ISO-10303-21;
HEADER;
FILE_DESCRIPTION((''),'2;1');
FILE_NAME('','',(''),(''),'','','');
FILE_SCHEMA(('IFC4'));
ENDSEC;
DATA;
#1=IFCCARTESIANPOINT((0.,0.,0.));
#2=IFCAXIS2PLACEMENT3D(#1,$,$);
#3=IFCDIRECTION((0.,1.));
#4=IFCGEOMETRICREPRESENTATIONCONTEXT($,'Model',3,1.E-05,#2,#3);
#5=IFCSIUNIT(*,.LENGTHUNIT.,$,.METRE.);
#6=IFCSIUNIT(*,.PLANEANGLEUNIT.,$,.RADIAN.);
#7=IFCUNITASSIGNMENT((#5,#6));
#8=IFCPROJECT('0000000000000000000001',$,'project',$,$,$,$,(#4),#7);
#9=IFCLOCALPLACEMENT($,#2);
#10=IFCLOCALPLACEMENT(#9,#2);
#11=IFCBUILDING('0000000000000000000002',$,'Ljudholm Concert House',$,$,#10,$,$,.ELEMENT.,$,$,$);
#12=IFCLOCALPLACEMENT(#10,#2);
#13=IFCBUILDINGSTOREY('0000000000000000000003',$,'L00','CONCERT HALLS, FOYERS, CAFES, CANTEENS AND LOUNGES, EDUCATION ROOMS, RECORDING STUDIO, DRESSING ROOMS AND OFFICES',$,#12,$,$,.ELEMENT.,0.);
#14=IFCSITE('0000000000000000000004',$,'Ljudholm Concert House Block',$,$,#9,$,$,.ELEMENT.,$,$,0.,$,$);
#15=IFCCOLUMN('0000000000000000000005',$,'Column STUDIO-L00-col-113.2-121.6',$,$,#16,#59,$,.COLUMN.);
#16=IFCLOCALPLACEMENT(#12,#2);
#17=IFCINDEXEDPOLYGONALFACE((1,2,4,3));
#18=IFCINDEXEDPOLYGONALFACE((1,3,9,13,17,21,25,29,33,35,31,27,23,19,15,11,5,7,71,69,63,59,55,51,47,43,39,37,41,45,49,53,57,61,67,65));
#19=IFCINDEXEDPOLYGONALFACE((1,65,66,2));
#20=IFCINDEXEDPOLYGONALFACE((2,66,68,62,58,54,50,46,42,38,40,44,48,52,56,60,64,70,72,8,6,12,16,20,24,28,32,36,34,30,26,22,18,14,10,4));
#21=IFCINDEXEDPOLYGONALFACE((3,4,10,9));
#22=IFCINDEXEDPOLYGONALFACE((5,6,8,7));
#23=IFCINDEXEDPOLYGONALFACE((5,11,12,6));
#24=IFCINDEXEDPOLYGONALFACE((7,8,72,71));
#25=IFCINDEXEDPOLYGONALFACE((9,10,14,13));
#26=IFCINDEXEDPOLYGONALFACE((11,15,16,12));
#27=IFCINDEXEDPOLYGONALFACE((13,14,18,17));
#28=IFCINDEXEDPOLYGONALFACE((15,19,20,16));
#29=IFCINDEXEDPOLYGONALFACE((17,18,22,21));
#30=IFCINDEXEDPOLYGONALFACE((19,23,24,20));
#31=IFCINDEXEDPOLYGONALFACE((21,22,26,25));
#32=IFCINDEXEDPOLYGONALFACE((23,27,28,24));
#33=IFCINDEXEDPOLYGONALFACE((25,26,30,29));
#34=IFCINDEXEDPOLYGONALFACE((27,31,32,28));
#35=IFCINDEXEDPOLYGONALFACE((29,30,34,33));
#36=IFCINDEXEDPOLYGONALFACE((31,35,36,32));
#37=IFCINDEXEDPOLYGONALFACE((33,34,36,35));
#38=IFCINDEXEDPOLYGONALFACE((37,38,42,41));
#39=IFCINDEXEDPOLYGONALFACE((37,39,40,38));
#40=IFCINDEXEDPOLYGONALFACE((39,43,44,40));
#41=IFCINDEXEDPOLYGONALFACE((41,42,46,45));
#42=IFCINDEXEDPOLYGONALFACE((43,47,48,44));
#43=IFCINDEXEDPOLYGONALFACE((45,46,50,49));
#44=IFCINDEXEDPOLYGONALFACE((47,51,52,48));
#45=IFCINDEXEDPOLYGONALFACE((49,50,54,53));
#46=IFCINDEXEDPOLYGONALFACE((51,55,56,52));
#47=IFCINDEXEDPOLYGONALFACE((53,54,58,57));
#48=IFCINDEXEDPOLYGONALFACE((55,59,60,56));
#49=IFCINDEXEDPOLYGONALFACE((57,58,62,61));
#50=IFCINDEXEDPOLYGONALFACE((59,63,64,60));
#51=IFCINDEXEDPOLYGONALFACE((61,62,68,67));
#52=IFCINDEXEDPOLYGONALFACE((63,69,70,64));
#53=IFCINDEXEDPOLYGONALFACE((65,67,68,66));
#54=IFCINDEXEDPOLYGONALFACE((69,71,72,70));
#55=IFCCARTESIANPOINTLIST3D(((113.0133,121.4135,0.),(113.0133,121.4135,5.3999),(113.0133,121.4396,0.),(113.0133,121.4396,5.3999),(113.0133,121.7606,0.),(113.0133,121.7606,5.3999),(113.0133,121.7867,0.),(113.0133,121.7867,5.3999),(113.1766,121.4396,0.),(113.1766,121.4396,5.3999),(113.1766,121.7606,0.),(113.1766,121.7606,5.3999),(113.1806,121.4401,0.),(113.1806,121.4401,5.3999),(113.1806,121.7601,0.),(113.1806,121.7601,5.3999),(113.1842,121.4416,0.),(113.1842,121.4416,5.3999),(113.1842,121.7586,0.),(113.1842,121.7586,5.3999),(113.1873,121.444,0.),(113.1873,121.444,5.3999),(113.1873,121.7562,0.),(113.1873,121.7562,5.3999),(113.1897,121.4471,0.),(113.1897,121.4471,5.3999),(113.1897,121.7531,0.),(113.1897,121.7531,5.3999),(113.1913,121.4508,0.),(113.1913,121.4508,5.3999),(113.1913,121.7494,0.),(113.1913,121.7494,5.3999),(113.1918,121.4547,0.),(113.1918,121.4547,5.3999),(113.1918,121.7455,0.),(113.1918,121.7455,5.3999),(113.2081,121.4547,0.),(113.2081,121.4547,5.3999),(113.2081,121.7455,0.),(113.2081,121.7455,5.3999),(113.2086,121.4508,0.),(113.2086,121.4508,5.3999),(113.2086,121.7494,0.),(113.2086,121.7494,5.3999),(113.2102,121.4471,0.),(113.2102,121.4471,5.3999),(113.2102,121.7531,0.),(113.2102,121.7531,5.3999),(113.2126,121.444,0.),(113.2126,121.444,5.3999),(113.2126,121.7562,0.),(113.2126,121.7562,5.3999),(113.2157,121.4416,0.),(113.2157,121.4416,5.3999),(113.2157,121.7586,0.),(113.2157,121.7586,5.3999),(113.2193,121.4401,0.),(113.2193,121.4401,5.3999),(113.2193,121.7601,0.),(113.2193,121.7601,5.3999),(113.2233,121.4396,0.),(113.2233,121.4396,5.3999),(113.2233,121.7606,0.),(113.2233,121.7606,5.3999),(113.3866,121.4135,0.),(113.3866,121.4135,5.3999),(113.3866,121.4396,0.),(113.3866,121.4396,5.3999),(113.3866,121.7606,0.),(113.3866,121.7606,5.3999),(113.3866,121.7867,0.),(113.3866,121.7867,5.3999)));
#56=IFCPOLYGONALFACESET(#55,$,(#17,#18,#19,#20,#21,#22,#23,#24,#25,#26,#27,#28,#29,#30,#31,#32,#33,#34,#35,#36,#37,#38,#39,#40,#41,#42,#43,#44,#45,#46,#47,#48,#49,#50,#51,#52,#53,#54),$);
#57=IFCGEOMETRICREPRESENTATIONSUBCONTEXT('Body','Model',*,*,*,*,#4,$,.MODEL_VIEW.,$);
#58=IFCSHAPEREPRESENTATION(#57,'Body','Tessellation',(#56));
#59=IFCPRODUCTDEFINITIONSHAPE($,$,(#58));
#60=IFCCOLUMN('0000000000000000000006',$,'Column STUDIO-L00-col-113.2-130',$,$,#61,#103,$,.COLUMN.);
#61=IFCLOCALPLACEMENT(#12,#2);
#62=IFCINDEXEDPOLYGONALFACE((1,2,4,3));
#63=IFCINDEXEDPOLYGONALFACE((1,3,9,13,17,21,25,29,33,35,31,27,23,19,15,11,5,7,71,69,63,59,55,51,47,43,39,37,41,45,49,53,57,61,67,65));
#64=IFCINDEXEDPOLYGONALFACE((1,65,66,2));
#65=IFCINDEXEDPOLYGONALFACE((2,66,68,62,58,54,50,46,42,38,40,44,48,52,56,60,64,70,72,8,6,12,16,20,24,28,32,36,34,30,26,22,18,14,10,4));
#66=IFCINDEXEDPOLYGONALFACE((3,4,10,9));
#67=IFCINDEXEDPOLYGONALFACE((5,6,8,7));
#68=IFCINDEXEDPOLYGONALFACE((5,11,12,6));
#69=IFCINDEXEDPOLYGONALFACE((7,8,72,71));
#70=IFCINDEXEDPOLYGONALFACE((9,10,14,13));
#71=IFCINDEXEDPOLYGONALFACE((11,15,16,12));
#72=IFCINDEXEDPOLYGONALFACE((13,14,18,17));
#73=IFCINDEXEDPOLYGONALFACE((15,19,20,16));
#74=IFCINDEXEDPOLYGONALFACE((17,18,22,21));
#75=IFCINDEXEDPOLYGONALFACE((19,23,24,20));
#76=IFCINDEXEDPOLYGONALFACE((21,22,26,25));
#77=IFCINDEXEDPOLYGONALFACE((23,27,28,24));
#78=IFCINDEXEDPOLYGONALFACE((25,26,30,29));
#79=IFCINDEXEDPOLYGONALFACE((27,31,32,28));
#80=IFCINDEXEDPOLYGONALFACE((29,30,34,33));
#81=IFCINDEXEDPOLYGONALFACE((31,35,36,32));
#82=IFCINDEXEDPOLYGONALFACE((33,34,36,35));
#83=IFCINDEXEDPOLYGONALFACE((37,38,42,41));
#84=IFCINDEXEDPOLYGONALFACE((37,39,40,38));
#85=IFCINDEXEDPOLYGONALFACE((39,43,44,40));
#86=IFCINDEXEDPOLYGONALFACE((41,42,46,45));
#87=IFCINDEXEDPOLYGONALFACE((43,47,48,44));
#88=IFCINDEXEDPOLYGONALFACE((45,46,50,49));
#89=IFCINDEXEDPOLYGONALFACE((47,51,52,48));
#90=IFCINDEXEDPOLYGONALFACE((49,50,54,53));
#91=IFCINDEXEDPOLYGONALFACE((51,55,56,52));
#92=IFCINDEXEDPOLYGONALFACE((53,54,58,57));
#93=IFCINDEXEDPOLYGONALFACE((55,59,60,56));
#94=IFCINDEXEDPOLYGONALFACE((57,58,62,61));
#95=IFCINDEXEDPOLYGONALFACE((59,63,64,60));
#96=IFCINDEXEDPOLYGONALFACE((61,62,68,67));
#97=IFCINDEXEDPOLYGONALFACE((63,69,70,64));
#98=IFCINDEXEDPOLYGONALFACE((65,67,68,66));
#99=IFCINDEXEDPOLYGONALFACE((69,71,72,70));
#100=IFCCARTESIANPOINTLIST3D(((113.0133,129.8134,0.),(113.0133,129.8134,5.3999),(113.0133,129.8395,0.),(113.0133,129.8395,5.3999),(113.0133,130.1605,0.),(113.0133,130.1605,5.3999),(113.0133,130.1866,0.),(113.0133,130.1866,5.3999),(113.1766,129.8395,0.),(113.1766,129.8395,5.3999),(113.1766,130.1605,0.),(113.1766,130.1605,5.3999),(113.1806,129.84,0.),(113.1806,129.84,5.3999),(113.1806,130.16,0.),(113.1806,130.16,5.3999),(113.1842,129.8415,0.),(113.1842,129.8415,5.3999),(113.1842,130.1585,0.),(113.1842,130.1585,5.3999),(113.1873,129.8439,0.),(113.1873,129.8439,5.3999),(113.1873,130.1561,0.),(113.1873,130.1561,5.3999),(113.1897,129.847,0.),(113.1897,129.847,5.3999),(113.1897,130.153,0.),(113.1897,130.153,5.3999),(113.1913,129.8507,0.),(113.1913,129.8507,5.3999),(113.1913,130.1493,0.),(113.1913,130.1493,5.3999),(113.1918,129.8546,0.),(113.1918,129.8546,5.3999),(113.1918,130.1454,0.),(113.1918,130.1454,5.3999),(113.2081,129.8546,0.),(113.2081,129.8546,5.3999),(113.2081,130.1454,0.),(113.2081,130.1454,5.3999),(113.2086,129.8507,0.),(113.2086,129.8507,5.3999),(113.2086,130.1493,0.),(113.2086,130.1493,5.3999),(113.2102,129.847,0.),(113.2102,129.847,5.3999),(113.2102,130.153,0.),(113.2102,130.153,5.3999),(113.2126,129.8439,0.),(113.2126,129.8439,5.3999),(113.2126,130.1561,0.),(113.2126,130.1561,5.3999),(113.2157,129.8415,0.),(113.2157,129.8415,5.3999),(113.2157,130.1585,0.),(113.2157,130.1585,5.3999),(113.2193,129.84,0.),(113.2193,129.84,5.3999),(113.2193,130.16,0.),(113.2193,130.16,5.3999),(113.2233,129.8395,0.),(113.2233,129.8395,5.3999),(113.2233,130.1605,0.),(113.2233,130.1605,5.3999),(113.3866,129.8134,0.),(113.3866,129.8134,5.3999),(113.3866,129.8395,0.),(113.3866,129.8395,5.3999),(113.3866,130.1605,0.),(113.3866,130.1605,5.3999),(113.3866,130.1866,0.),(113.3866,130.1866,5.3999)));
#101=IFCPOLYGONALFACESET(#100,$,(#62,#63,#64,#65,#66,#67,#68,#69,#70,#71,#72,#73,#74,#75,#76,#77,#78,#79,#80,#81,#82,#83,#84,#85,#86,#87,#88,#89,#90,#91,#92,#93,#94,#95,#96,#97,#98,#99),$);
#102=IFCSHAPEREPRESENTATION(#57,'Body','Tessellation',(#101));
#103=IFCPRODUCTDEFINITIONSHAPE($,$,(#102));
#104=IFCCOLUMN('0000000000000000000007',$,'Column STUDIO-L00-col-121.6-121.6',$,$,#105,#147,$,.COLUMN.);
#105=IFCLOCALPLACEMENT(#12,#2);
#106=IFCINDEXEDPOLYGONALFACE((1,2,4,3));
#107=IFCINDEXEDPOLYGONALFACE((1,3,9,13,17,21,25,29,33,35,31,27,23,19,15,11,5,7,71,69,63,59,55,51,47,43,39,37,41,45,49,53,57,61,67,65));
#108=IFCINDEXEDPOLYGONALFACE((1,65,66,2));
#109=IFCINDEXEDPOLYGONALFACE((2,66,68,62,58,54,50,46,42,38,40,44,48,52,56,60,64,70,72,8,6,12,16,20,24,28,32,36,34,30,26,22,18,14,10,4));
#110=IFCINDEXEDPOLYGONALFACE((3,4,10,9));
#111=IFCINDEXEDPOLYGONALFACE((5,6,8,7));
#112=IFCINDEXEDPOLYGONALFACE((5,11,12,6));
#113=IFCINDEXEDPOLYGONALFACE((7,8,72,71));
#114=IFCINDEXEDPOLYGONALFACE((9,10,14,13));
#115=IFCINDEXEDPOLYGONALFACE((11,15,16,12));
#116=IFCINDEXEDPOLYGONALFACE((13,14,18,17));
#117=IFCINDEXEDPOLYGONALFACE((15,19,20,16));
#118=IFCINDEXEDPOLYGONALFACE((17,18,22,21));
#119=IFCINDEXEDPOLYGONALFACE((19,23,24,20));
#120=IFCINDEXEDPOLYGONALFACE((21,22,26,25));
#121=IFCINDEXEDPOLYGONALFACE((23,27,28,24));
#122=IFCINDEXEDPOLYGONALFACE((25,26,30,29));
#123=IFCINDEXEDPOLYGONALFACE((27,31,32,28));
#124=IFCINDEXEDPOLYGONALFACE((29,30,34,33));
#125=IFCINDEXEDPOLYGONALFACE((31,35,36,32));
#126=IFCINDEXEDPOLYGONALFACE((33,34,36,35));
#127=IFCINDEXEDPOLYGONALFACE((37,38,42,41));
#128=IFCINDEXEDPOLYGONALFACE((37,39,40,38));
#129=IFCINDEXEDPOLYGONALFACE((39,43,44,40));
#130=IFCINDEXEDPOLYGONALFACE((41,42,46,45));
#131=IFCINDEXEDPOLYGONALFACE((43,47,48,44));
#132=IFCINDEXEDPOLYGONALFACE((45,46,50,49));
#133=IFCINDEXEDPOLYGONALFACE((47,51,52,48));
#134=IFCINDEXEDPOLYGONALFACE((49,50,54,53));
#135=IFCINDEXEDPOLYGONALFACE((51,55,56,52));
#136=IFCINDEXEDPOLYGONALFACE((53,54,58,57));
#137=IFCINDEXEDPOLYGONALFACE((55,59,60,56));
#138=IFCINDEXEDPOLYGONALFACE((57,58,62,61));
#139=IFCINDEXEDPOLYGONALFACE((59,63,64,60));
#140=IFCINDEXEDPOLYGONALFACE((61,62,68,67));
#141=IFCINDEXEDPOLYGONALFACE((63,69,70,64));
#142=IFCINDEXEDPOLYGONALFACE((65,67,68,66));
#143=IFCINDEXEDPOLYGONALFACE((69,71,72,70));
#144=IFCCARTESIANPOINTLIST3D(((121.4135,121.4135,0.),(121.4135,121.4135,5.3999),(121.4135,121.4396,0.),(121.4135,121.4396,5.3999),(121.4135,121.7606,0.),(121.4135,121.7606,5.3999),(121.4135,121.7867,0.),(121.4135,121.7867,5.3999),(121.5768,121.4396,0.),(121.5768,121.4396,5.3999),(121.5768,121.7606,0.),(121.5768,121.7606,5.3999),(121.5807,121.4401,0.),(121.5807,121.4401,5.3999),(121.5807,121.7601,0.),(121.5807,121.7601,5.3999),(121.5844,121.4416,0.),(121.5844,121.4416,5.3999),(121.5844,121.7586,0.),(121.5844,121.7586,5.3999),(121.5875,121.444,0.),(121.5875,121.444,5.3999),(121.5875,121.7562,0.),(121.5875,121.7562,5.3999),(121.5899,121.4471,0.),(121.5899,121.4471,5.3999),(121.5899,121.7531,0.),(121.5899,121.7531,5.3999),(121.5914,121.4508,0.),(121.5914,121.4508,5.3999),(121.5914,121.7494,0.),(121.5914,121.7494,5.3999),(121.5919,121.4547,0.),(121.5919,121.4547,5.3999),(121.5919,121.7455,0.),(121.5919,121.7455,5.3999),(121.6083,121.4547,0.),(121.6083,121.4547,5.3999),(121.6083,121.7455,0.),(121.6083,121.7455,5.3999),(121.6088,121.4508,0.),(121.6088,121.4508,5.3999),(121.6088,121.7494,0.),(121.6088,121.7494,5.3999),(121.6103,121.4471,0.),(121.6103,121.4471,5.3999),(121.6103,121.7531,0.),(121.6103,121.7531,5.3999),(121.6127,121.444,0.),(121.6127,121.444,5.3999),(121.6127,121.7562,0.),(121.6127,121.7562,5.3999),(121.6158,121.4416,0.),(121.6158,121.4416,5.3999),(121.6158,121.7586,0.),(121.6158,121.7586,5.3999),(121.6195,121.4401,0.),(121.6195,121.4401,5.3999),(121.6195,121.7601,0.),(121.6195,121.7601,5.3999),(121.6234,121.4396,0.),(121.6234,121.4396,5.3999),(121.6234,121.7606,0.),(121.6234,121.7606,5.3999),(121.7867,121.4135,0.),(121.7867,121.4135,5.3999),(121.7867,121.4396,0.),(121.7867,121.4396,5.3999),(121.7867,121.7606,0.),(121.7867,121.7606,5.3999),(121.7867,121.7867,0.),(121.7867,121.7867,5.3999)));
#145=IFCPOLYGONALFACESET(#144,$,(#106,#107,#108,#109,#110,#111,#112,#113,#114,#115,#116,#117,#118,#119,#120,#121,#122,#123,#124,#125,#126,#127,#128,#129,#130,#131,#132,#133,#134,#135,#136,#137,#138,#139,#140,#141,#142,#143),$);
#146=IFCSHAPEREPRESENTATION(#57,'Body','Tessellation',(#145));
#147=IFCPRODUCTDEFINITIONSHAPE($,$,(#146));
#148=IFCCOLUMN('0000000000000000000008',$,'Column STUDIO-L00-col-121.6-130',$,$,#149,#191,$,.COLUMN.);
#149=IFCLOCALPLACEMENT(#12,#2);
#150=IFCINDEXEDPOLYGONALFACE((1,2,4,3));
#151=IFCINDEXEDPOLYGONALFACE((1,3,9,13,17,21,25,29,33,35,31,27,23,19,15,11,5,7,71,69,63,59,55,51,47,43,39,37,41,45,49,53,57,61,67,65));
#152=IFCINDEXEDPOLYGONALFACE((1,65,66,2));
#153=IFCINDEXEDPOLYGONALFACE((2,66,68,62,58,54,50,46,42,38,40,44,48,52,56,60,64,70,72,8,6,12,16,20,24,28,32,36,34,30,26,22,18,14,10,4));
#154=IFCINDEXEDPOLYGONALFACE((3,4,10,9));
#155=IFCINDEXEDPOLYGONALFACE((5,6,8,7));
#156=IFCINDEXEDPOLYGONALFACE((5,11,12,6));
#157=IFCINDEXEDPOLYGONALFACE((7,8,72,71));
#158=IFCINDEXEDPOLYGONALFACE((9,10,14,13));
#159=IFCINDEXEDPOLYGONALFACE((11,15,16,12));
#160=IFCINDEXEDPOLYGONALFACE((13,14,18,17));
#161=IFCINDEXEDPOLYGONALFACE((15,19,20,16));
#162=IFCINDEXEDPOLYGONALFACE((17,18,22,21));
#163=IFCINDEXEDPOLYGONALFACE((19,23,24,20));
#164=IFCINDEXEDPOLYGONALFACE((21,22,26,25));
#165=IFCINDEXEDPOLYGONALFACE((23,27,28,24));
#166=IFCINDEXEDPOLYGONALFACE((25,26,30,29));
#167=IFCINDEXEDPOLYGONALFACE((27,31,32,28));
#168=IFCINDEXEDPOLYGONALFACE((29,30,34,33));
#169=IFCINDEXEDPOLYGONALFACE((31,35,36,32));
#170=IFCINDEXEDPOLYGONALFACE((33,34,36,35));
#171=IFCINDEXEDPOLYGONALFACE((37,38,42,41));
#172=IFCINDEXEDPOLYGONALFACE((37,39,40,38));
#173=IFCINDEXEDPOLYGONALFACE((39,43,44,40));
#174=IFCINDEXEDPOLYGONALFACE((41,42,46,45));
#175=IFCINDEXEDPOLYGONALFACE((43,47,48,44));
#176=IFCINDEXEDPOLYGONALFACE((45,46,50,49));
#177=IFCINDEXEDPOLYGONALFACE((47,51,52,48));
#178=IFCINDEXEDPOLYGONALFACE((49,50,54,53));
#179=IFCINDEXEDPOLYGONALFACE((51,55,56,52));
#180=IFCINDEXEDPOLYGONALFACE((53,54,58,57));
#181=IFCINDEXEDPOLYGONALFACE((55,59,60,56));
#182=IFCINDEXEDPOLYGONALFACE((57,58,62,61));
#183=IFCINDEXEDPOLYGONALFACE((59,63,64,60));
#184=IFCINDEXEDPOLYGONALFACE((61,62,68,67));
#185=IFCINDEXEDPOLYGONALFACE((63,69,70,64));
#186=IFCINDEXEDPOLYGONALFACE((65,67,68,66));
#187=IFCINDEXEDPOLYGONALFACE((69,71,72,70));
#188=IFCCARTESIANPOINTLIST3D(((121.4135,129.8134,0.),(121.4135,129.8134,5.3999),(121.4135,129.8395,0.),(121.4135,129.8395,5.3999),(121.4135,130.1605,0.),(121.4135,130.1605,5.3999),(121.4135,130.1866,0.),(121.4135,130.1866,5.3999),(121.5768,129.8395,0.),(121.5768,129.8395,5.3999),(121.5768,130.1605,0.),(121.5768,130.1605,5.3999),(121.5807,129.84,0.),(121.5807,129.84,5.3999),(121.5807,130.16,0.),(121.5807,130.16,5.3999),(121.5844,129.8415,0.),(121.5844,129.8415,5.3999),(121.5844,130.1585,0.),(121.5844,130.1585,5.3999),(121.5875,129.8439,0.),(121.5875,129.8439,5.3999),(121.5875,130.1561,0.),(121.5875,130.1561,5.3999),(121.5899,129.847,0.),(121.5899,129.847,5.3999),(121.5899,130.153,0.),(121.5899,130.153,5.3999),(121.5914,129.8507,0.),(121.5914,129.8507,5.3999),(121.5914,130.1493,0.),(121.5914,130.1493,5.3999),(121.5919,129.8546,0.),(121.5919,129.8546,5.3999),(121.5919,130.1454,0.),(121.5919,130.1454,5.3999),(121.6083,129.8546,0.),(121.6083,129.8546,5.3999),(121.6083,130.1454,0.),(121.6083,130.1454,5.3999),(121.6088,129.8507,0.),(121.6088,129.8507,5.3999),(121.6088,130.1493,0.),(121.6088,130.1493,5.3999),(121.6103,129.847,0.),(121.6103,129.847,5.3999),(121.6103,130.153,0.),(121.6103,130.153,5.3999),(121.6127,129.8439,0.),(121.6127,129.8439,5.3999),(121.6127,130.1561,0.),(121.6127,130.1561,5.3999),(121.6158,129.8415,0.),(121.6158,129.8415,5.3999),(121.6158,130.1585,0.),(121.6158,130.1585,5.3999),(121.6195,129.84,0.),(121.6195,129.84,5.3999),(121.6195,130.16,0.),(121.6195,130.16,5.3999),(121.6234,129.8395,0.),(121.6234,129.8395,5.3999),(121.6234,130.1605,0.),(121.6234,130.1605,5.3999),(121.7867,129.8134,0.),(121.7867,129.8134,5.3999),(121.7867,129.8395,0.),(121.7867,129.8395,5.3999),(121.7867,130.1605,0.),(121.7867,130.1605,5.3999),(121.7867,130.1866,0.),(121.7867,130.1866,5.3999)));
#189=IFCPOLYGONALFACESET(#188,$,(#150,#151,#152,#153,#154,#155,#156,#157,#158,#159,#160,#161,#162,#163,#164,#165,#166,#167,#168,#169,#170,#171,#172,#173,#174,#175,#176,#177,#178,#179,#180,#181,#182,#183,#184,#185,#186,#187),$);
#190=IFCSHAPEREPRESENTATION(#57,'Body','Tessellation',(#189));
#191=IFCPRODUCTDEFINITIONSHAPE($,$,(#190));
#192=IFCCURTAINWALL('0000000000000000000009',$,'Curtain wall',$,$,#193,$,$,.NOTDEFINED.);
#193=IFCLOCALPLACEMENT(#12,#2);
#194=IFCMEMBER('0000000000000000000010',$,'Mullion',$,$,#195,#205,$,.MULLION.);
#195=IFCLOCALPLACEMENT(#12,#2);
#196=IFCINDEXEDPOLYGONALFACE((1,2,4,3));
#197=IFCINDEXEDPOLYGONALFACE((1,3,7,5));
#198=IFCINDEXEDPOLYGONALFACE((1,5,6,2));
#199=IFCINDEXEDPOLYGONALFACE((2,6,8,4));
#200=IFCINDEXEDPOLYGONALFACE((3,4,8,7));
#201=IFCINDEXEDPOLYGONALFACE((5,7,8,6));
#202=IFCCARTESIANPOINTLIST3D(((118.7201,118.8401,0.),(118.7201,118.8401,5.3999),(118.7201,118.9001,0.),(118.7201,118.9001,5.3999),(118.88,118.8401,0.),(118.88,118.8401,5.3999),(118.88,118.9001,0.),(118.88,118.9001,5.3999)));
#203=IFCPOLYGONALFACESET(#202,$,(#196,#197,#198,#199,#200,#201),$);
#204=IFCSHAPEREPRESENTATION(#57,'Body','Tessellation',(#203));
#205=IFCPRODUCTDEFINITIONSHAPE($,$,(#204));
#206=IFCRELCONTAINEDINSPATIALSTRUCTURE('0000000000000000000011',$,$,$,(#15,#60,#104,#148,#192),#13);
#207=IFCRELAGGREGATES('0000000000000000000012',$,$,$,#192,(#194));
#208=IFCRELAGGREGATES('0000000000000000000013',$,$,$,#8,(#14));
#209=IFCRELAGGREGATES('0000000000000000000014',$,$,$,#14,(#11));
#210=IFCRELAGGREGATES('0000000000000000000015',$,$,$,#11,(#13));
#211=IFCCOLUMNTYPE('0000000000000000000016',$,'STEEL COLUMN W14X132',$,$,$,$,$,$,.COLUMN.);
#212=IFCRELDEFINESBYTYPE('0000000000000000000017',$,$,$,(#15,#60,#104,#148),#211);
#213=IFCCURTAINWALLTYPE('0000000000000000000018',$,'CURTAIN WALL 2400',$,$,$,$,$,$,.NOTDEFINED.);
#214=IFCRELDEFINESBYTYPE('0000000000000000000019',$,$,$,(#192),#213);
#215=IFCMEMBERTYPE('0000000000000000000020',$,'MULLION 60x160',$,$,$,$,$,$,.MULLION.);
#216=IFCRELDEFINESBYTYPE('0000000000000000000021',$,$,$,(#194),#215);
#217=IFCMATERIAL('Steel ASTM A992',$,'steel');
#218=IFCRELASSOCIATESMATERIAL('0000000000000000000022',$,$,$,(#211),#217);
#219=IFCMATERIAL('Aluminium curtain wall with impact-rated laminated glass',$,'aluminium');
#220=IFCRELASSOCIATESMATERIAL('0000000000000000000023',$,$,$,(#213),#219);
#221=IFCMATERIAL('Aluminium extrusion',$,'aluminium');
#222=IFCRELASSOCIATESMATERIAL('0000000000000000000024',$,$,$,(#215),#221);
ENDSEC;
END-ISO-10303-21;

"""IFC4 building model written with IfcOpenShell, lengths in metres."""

from ifc_helpers import new_model, si_unit, direction, frame, origin, origin_2d, place, context, subcontext, project, spatial, rectangle, i_section, extrude, material, material_profile, profile_set, type_object, element, aggregate, save


model = new_model("IFC4")

# Units and contexts
model_context = context("Model", 3, precision=1e-05, world=origin(), true_north=direction((0.0, 1.0)))
body_context = subcontext(model_context, "Body", "Model", "MODEL_VIEW")
ifc_project = project(units=[si_unit("LENGTHUNIT", "METRE"), si_unit("PLANEANGLEUNIT", "RADIAN")], contexts=[model_context])

# Site, building, storey
site_placement = place(None, origin())
site = spatial("IfcSite", under=ifc_project, at=site_placement, Name="Ljudholm Concert House Block", CompositionType="ELEMENT", RefElevation=0.0)
building_placement = place(site_placement, origin())
building = spatial("IfcBuilding", under=site, at=building_placement, Name="Ljudholm Concert House", CompositionType="ELEMENT")
storey_placement = place(building_placement, origin())
storey = spatial("IfcBuildingStorey", under=building, at=storey_placement, Name="L00", Description="CONCERT HALLS, FOYERS, CAFES, CANTEENS AND LOUNGES, EDUCATION ROOMS, RECORDING STUDIO, DRESSING ROOMS AND OFFICES", CompositionType="ELEMENT", Elevation=0.0)

# Columns
ifc_material_1 = material(Name="Steel ASTM A992", Category="steel")
ifc_material_profile_1 = material_profile(ifc_material_1, i_section(OverallWidth=0.3733, OverallDepth=0.3733, WebThickness=0.0164, FlangeThickness=0.0261, FilletRadius=0.0151, at=origin_2d()), Name="W14X132")
ifc_profile_set_1 = profile_set([ifc_material_profile_1], Name="Steel ASTM A992")
column_type = type_object("IfcColumnType", Name="STEEL COLUMN W14X132", PredefinedType="COLUMN", material=ifc_profile_set_1)
for number, where, z_axis, x_axis, name in (
    (1, (113.2, 121.6001, 0.0), (0.0, 0.0, 1.0), (1.0, 0.0, 0.0), "Column STUDIO-L00-col-113.2-121.6"),
    (2, (113.2, 130.0, 0.0), (0.0, 0.0, 1.0), (1.0, 0.0, 0.0), "Column STUDIO-L00-col-113.2-130"),
    (3, (121.6001, 121.6001, 0.0), (0.0, 0.0, 1.0), (1.0, 0.0, 0.0), "Column STUDIO-L00-col-121.6-121.6"),
    (4, (121.6001, 130.0, 0.0), (0.0, 0.0, 1.0), (1.0, 0.0, 0.0), "Column STUDIO-L00-col-121.6-130"),
):
    element("IfcColumn", number, at=place(storey_placement, frame(where, z_axis=z_axis, x_axis=x_axis)), inside=storey, type_object=column_type, Name=name, PredefinedType="COLUMN", context=body_context, shape_type="SweptSolid", body=[
        extrude(i_section(OverallWidth=0.3733, OverallDepth=0.3733, WebThickness=0.0164, FlangeThickness=0.0261, FilletRadius=0.0151, at=origin_2d()), origin(), (0.0, 0.0, 1.0), 5.3999),
    ])

# Curtain wall, member
ifc_material_2 = material(Name="Aluminium curtain wall with impact-rated laminated glass", Category="aluminium")
curtain_wall_type = type_object("IfcCurtainWallType", Name="CURTAIN WALL 2400", PredefinedType="NOTDEFINED", material=ifc_material_2)
curtain_wall_placement = place(storey_placement, origin())
curtain_wall = element("IfcCurtainWall", 5, at=curtain_wall_placement, inside=storey, type_object=curtain_wall_type, Name="Curtain wall", PredefinedType="NOTDEFINED")
ifc_material_3 = material(Name="Aluminium extrusion", Category="aluminium")
ifc_material_profile_2 = material_profile(ifc_material_3, rectangle(XDim=0.1599, YDim=0.0601, at=origin_2d()), Name="MULLION 60x160")
ifc_profile_set_2 = profile_set([ifc_material_profile_2], Name="Aluminium extrusion")
member_type = type_object("IfcMemberType", Name="MULLION 60x160", PredefinedType="MULLION", material=ifc_profile_set_2)
member_placement = place(storey_placement, frame((118.8, 118.8701, 0.0), z_axis=(0.0, 0.0, 1.0), x_axis=(-1.0, 0.0, 0.0)))
member = element("IfcMember", 6, at=member_placement, type_object=member_type, Name="Mullion", PredefinedType="MULLION", context=body_context, shape_type="SweptSolid", body=[
    extrude(rectangle(XDim=0.1599, YDim=0.0601, at=origin_2d()), origin(), (0.0, 0.0, 1.0), 5.3999),
])

aggregate(curtain_wall, [member])

save(model, "model.ifc")
